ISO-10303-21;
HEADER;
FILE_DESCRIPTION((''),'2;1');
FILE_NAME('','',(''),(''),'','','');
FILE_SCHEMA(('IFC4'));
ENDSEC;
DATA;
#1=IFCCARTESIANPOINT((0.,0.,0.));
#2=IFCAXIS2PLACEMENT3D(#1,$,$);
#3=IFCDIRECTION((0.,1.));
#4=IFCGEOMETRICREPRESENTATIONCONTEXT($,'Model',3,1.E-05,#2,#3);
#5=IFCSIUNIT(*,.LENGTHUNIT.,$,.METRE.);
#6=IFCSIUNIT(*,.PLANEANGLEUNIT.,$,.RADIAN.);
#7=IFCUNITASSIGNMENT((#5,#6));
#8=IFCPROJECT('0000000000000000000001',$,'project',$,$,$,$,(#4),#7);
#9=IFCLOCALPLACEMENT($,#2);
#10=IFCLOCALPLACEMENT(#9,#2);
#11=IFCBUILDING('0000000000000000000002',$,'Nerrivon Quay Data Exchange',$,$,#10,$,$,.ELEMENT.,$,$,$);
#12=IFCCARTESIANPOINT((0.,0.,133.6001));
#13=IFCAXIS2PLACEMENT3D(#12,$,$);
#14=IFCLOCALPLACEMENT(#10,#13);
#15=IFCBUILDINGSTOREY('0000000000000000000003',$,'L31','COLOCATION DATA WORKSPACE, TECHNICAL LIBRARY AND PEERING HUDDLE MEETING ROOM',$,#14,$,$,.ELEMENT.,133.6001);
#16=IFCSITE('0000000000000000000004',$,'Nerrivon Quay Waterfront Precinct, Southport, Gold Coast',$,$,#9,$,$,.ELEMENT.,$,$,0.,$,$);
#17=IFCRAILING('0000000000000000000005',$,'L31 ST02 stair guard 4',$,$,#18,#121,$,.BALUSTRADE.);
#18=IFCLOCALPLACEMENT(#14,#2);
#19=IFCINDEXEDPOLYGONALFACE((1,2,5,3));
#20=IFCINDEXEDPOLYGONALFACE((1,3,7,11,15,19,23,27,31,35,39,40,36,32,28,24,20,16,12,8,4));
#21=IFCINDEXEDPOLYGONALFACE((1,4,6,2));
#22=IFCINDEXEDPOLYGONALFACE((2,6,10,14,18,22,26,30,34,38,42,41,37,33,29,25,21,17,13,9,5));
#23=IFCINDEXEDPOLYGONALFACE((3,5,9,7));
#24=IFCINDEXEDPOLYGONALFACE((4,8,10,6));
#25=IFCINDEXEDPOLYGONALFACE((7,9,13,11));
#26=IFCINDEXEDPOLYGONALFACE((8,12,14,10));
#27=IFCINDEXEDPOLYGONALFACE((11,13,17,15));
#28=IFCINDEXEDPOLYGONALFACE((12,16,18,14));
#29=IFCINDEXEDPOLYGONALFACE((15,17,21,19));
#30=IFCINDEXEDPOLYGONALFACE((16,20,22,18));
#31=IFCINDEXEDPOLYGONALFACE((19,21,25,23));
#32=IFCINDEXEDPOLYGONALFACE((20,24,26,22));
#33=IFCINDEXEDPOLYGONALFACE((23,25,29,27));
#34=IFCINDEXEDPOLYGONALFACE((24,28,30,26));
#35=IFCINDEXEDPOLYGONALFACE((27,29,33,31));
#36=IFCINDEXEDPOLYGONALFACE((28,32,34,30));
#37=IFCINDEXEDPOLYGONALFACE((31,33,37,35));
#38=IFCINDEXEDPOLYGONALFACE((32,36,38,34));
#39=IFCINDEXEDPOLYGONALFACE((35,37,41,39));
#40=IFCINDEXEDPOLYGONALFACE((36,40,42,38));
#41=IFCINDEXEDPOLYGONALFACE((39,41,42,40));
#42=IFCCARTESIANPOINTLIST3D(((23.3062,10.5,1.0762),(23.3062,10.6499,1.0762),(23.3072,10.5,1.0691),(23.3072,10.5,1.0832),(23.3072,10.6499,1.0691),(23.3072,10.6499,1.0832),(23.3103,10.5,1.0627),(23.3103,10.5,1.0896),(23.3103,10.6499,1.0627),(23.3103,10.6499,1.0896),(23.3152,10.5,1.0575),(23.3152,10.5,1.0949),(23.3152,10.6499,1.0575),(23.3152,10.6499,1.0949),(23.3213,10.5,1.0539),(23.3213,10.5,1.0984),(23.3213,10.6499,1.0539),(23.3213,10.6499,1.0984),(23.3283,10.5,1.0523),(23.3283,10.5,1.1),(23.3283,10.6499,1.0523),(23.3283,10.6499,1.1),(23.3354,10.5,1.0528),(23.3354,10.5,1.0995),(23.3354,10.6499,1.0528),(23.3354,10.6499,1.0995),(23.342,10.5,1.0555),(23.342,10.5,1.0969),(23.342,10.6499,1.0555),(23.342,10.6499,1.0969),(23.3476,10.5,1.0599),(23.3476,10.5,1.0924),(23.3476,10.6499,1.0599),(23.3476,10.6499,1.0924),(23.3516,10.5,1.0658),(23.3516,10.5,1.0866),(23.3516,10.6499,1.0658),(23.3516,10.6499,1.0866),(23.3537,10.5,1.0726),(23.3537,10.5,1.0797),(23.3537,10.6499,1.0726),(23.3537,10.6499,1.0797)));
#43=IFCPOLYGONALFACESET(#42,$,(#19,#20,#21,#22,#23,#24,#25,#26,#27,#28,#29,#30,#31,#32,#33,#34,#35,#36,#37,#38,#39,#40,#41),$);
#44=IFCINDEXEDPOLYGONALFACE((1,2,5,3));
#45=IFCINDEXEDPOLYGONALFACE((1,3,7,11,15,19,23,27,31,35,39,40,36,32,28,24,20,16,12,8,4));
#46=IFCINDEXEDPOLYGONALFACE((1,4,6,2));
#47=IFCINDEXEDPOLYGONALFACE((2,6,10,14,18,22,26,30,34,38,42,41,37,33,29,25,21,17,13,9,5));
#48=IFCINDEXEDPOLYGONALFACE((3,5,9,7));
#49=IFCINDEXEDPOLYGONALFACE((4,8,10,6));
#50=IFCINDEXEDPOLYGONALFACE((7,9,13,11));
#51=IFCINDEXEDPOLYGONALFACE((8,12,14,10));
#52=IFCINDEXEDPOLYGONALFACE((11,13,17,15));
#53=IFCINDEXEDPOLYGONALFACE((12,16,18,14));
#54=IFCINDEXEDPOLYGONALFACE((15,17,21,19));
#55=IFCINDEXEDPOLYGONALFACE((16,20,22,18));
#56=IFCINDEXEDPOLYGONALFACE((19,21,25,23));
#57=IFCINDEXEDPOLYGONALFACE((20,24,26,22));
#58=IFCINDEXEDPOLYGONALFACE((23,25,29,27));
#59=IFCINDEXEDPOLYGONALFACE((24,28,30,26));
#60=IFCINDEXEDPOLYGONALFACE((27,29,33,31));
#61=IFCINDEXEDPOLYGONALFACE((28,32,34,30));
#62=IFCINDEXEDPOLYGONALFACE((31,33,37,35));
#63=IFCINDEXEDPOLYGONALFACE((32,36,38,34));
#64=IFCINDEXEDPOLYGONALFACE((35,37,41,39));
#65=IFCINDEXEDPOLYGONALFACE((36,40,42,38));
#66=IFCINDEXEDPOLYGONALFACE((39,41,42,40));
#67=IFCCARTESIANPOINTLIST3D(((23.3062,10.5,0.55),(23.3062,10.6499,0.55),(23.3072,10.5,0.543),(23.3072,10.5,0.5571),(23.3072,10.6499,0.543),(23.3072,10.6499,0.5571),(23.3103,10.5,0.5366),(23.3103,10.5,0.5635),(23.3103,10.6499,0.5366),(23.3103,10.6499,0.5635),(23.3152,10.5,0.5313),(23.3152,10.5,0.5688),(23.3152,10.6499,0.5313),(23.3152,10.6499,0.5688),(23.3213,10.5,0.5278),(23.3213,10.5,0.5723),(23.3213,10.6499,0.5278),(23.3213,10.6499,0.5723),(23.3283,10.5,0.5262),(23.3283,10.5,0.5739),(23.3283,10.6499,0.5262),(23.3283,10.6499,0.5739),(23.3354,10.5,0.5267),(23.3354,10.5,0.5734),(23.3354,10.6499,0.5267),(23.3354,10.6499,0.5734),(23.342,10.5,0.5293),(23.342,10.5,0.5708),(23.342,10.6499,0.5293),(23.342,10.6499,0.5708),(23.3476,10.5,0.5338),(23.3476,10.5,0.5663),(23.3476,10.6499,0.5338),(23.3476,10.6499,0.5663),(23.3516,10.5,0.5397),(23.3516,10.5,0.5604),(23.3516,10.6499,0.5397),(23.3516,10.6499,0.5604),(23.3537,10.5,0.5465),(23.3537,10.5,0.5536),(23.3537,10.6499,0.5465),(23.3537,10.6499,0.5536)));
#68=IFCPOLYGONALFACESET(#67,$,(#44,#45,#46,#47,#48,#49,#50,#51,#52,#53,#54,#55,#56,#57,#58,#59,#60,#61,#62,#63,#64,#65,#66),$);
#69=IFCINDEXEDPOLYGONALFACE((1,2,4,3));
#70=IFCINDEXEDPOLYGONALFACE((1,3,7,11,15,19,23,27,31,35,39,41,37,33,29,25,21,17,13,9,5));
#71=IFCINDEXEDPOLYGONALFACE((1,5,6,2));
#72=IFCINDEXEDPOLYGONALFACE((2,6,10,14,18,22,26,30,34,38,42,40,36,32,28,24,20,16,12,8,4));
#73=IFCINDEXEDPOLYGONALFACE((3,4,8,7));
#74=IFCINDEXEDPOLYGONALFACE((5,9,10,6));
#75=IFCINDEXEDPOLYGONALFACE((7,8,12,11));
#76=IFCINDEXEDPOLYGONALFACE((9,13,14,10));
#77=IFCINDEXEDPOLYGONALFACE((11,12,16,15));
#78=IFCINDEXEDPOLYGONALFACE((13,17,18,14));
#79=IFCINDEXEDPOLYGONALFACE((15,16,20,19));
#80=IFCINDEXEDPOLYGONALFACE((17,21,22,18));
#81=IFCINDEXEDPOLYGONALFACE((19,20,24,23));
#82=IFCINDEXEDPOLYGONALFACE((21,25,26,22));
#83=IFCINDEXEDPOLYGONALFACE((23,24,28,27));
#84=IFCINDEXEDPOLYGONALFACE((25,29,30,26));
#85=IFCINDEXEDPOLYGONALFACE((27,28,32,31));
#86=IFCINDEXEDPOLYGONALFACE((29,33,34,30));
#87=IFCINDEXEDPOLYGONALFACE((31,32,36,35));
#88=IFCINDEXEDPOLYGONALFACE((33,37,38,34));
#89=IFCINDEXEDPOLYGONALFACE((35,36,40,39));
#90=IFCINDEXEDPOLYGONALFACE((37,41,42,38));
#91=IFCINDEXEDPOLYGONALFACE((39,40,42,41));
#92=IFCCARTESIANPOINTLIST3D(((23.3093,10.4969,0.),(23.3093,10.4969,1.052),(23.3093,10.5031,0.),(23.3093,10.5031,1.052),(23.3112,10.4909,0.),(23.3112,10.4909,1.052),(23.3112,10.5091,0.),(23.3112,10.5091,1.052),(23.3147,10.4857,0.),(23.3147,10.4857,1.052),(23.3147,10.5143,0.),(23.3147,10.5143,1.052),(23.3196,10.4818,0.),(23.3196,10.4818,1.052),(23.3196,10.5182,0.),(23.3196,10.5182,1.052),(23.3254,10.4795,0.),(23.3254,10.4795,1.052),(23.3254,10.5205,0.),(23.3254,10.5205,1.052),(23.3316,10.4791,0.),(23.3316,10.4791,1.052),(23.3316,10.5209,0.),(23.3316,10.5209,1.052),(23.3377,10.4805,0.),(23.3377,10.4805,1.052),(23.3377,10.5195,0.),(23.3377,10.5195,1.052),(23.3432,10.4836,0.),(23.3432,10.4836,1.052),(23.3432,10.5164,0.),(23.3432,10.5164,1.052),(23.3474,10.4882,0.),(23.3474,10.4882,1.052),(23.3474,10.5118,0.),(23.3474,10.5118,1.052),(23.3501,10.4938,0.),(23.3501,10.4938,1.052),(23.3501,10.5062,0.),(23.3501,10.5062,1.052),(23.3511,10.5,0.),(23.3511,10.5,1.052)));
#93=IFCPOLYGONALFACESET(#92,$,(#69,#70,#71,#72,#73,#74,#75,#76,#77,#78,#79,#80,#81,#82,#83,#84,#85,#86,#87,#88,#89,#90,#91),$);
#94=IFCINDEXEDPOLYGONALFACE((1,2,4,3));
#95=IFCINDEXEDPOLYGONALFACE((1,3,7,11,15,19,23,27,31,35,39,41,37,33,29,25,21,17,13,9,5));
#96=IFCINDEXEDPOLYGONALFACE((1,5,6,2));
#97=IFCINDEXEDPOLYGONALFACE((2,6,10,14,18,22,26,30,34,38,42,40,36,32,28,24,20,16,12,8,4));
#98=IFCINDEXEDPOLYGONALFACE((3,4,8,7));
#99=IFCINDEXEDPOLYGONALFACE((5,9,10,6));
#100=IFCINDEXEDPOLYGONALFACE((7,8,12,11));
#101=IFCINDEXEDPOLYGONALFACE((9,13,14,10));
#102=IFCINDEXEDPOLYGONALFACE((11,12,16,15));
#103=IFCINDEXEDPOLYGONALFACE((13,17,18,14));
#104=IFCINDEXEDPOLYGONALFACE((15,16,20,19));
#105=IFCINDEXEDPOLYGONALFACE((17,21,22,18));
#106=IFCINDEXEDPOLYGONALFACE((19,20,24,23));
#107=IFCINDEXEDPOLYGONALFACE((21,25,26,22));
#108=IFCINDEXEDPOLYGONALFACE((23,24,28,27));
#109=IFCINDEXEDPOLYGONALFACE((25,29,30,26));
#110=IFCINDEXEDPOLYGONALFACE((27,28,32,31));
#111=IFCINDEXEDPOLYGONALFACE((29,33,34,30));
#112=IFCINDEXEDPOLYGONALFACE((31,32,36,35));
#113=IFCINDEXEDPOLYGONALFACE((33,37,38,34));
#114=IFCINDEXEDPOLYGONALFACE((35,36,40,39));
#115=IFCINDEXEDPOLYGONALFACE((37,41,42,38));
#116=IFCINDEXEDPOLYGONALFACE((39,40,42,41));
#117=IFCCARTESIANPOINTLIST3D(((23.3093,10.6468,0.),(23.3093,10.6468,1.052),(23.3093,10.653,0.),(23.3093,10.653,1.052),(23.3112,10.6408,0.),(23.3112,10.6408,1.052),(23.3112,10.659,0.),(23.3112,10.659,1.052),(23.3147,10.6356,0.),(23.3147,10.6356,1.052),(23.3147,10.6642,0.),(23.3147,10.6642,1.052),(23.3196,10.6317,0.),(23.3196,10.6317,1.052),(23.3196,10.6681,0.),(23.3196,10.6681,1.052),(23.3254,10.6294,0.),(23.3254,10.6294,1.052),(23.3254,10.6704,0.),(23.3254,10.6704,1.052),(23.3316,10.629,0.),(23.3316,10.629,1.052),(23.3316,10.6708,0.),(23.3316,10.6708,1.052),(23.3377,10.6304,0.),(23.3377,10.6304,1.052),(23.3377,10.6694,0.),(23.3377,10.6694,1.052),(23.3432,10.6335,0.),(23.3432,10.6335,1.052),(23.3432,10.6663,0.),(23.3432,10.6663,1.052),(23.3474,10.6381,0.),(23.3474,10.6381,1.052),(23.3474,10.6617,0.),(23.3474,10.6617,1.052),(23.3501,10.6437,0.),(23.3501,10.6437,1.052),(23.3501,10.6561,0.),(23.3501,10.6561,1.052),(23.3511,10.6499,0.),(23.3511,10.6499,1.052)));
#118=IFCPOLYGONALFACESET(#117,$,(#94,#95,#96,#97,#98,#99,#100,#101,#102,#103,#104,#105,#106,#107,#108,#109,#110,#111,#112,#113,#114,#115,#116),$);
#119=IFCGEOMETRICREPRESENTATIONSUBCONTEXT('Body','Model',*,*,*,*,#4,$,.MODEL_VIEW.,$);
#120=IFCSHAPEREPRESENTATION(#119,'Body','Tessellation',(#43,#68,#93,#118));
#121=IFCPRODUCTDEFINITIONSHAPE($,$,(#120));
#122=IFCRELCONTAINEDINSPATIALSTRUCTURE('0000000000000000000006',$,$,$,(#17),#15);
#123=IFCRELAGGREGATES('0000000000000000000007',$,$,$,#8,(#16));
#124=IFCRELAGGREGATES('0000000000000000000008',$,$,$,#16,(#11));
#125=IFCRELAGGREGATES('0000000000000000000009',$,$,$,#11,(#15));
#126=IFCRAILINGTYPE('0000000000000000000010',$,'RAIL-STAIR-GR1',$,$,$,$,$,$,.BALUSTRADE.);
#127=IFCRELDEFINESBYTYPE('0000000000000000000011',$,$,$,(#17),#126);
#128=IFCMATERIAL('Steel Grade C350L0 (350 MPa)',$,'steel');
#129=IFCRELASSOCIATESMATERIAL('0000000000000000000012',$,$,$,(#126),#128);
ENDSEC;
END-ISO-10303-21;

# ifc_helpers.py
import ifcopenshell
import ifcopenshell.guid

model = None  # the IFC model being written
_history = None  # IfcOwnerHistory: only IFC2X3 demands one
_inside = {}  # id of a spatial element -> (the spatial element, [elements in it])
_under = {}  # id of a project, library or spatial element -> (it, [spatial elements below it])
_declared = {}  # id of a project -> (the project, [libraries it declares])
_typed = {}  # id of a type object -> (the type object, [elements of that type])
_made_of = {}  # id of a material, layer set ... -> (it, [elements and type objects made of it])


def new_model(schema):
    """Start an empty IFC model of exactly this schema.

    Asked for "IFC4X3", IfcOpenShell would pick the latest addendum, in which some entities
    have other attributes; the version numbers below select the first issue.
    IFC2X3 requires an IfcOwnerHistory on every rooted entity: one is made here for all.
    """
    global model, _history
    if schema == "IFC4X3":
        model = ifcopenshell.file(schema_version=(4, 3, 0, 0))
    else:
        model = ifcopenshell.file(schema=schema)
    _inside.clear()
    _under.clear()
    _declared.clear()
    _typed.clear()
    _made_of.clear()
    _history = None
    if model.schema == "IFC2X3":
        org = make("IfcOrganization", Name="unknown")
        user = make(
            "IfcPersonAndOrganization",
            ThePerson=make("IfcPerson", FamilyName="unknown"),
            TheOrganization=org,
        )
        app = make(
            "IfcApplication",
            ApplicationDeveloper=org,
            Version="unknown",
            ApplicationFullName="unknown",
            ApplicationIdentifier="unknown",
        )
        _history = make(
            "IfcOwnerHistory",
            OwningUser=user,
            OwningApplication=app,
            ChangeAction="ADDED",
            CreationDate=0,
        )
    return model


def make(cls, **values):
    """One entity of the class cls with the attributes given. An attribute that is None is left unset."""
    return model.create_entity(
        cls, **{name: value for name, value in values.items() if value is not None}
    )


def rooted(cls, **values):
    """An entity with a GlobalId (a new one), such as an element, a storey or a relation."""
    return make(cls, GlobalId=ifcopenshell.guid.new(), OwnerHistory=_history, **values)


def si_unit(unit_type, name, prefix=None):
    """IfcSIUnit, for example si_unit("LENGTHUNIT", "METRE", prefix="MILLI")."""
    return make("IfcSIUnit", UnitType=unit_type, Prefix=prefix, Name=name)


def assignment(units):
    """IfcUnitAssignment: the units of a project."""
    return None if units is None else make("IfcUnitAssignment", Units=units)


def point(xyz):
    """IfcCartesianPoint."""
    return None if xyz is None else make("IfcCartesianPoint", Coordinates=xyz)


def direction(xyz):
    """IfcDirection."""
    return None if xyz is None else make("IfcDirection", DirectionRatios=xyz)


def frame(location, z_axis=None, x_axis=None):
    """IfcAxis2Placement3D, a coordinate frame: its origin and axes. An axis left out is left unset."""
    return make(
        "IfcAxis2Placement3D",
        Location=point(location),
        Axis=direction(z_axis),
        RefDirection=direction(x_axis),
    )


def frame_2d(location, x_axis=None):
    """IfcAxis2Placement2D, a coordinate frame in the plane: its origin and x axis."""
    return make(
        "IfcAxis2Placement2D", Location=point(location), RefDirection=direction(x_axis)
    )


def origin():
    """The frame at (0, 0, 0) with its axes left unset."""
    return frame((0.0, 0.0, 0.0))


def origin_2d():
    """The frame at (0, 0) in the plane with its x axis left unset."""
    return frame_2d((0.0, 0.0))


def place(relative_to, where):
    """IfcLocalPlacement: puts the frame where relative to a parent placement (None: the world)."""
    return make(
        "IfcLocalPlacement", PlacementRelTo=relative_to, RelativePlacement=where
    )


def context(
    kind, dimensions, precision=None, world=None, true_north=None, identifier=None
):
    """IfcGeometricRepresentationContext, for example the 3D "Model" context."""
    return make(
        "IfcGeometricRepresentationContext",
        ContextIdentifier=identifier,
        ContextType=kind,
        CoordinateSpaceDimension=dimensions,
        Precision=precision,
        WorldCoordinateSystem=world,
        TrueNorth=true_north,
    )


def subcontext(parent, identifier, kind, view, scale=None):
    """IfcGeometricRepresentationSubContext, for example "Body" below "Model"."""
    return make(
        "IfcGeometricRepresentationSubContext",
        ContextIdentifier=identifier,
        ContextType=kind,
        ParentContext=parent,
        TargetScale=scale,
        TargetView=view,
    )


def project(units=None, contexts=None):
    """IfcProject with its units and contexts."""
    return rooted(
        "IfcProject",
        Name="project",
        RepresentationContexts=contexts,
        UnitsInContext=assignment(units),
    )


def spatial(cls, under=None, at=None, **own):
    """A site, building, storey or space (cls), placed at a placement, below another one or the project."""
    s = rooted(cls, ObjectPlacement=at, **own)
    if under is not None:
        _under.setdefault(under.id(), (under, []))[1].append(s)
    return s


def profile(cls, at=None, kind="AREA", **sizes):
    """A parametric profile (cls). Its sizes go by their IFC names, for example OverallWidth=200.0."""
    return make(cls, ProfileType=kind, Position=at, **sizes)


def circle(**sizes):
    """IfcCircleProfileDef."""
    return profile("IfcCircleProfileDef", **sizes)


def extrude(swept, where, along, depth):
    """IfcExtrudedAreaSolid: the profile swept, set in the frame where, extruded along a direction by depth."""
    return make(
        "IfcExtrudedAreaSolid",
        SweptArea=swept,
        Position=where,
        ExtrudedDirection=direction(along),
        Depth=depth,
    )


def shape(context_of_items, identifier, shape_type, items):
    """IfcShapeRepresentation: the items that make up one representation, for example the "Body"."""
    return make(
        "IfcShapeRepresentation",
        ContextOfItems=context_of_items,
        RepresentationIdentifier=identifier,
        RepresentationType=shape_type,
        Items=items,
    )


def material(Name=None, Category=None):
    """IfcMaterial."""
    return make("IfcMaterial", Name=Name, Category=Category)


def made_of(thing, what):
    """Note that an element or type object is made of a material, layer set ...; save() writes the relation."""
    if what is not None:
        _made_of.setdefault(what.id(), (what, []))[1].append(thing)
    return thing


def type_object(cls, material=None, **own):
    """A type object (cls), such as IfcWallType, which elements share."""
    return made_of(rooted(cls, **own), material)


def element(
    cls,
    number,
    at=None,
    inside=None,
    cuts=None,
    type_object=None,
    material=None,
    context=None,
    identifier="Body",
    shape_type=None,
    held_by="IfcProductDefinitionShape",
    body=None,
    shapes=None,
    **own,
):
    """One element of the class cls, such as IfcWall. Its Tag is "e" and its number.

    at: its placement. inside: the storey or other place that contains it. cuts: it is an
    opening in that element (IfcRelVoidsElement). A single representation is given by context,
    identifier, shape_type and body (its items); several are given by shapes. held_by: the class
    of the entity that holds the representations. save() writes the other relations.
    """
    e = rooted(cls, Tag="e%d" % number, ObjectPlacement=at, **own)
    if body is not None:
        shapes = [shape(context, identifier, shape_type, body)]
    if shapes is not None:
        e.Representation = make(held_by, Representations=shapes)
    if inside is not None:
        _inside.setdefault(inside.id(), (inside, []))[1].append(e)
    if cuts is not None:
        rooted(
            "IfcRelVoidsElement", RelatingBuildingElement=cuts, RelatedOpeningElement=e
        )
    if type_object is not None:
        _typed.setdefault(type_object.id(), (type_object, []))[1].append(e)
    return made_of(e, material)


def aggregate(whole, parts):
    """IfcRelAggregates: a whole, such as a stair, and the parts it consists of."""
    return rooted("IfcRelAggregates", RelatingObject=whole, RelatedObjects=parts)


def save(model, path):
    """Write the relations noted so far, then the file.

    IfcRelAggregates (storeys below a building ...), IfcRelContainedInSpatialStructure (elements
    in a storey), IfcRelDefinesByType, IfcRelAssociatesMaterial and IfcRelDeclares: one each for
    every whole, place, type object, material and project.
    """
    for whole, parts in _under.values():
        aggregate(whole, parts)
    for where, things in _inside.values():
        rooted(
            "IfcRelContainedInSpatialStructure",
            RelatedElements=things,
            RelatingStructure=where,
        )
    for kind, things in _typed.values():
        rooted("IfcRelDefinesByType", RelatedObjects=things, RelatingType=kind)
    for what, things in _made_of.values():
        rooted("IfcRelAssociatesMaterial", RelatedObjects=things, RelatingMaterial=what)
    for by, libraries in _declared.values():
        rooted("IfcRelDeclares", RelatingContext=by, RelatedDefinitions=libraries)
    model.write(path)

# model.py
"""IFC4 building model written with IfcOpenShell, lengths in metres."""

from ifc_helpers import new_model, si_unit, direction, frame, origin, origin_2d, place, context, subcontext, project, spatial, circle, extrude, material, type_object, element, save


model = new_model("IFC4")

# Units and contexts
model_context = context("Model", 3, precision=1e-05, world=origin(), true_north=direction((0.0, 1.0)))
body_context = subcontext(model_context, "Body", "Model", "MODEL_VIEW")
ifc_project = project(units=[si_unit("LENGTHUNIT", "METRE"), si_unit("PLANEANGLEUNIT", "RADIAN")], contexts=[model_context])

# Site, building, storey
site_placement = place(None, origin())
site = spatial("IfcSite", under=ifc_project, at=site_placement, Name="Nerrivon Quay Waterfront Precinct, Southport, Gold Coast", CompositionType="ELEMENT", RefElevation=0.0)
building_placement = place(site_placement, origin())
building = spatial("IfcBuilding", under=site, at=building_placement, Name="Nerrivon Quay Data Exchange", CompositionType="ELEMENT")
storey_placement = place(building_placement, frame((0.0, 0.0, 133.6001)))
storey = spatial("IfcBuildingStorey", under=building, at=storey_placement, Name="L31", Description="COLOCATION DATA WORKSPACE, TECHNICAL LIBRARY AND PEERING HUDDLE MEETING ROOM", CompositionType="ELEMENT", Elevation=133.6001)

# Railing
ifc_material_1 = material(Name="Steel Grade C350L0 (350 MPa)", Category="steel")
railing_type_1 = type_object("IfcRailingType", Name="RAIL-STAIR-GR1", PredefinedType="BALUSTRADE", material=ifc_material_1)
railing_1_placement = place(storey_placement, frame((23.3301, 10.5, 0.0)))
element("IfcRailing", 1, at=railing_1_placement, inside=storey, type_object=railing_type_1, Name="L31 ST02 stair guard 4", PredefinedType="BALUSTRADE", context=body_context, shape_type="SweptSolid", body=[
    extrude(circle(Radius=0.0239, at=origin_2d()), frame((0.0, 0.0, 1.0762), z_axis=(0.0, 1.0, 0.0), x_axis=(-1.0, 0.0, 0.0)), (0.0, 0.0, 1.0), 0.1499),
    extrude(circle(Radius=0.0239, at=origin_2d()), frame((0.0, 0.0, 0.55), z_axis=(0.0, 1.0, 0.0), x_axis=(-1.0, 0.0, 0.0)), (0.0, 0.0, 1.0), 0.1499),
    extrude(circle(Radius=0.021, at=origin_2d()), origin(), (0.0, 0.0, 1.0), 1.052),
    extrude(circle(Radius=0.021, at=origin_2d()), frame((0.0, 0.1499, 0.0)), (0.0, 0.0, 1.0), 1.052),
])

save(model, "model.ifc")
